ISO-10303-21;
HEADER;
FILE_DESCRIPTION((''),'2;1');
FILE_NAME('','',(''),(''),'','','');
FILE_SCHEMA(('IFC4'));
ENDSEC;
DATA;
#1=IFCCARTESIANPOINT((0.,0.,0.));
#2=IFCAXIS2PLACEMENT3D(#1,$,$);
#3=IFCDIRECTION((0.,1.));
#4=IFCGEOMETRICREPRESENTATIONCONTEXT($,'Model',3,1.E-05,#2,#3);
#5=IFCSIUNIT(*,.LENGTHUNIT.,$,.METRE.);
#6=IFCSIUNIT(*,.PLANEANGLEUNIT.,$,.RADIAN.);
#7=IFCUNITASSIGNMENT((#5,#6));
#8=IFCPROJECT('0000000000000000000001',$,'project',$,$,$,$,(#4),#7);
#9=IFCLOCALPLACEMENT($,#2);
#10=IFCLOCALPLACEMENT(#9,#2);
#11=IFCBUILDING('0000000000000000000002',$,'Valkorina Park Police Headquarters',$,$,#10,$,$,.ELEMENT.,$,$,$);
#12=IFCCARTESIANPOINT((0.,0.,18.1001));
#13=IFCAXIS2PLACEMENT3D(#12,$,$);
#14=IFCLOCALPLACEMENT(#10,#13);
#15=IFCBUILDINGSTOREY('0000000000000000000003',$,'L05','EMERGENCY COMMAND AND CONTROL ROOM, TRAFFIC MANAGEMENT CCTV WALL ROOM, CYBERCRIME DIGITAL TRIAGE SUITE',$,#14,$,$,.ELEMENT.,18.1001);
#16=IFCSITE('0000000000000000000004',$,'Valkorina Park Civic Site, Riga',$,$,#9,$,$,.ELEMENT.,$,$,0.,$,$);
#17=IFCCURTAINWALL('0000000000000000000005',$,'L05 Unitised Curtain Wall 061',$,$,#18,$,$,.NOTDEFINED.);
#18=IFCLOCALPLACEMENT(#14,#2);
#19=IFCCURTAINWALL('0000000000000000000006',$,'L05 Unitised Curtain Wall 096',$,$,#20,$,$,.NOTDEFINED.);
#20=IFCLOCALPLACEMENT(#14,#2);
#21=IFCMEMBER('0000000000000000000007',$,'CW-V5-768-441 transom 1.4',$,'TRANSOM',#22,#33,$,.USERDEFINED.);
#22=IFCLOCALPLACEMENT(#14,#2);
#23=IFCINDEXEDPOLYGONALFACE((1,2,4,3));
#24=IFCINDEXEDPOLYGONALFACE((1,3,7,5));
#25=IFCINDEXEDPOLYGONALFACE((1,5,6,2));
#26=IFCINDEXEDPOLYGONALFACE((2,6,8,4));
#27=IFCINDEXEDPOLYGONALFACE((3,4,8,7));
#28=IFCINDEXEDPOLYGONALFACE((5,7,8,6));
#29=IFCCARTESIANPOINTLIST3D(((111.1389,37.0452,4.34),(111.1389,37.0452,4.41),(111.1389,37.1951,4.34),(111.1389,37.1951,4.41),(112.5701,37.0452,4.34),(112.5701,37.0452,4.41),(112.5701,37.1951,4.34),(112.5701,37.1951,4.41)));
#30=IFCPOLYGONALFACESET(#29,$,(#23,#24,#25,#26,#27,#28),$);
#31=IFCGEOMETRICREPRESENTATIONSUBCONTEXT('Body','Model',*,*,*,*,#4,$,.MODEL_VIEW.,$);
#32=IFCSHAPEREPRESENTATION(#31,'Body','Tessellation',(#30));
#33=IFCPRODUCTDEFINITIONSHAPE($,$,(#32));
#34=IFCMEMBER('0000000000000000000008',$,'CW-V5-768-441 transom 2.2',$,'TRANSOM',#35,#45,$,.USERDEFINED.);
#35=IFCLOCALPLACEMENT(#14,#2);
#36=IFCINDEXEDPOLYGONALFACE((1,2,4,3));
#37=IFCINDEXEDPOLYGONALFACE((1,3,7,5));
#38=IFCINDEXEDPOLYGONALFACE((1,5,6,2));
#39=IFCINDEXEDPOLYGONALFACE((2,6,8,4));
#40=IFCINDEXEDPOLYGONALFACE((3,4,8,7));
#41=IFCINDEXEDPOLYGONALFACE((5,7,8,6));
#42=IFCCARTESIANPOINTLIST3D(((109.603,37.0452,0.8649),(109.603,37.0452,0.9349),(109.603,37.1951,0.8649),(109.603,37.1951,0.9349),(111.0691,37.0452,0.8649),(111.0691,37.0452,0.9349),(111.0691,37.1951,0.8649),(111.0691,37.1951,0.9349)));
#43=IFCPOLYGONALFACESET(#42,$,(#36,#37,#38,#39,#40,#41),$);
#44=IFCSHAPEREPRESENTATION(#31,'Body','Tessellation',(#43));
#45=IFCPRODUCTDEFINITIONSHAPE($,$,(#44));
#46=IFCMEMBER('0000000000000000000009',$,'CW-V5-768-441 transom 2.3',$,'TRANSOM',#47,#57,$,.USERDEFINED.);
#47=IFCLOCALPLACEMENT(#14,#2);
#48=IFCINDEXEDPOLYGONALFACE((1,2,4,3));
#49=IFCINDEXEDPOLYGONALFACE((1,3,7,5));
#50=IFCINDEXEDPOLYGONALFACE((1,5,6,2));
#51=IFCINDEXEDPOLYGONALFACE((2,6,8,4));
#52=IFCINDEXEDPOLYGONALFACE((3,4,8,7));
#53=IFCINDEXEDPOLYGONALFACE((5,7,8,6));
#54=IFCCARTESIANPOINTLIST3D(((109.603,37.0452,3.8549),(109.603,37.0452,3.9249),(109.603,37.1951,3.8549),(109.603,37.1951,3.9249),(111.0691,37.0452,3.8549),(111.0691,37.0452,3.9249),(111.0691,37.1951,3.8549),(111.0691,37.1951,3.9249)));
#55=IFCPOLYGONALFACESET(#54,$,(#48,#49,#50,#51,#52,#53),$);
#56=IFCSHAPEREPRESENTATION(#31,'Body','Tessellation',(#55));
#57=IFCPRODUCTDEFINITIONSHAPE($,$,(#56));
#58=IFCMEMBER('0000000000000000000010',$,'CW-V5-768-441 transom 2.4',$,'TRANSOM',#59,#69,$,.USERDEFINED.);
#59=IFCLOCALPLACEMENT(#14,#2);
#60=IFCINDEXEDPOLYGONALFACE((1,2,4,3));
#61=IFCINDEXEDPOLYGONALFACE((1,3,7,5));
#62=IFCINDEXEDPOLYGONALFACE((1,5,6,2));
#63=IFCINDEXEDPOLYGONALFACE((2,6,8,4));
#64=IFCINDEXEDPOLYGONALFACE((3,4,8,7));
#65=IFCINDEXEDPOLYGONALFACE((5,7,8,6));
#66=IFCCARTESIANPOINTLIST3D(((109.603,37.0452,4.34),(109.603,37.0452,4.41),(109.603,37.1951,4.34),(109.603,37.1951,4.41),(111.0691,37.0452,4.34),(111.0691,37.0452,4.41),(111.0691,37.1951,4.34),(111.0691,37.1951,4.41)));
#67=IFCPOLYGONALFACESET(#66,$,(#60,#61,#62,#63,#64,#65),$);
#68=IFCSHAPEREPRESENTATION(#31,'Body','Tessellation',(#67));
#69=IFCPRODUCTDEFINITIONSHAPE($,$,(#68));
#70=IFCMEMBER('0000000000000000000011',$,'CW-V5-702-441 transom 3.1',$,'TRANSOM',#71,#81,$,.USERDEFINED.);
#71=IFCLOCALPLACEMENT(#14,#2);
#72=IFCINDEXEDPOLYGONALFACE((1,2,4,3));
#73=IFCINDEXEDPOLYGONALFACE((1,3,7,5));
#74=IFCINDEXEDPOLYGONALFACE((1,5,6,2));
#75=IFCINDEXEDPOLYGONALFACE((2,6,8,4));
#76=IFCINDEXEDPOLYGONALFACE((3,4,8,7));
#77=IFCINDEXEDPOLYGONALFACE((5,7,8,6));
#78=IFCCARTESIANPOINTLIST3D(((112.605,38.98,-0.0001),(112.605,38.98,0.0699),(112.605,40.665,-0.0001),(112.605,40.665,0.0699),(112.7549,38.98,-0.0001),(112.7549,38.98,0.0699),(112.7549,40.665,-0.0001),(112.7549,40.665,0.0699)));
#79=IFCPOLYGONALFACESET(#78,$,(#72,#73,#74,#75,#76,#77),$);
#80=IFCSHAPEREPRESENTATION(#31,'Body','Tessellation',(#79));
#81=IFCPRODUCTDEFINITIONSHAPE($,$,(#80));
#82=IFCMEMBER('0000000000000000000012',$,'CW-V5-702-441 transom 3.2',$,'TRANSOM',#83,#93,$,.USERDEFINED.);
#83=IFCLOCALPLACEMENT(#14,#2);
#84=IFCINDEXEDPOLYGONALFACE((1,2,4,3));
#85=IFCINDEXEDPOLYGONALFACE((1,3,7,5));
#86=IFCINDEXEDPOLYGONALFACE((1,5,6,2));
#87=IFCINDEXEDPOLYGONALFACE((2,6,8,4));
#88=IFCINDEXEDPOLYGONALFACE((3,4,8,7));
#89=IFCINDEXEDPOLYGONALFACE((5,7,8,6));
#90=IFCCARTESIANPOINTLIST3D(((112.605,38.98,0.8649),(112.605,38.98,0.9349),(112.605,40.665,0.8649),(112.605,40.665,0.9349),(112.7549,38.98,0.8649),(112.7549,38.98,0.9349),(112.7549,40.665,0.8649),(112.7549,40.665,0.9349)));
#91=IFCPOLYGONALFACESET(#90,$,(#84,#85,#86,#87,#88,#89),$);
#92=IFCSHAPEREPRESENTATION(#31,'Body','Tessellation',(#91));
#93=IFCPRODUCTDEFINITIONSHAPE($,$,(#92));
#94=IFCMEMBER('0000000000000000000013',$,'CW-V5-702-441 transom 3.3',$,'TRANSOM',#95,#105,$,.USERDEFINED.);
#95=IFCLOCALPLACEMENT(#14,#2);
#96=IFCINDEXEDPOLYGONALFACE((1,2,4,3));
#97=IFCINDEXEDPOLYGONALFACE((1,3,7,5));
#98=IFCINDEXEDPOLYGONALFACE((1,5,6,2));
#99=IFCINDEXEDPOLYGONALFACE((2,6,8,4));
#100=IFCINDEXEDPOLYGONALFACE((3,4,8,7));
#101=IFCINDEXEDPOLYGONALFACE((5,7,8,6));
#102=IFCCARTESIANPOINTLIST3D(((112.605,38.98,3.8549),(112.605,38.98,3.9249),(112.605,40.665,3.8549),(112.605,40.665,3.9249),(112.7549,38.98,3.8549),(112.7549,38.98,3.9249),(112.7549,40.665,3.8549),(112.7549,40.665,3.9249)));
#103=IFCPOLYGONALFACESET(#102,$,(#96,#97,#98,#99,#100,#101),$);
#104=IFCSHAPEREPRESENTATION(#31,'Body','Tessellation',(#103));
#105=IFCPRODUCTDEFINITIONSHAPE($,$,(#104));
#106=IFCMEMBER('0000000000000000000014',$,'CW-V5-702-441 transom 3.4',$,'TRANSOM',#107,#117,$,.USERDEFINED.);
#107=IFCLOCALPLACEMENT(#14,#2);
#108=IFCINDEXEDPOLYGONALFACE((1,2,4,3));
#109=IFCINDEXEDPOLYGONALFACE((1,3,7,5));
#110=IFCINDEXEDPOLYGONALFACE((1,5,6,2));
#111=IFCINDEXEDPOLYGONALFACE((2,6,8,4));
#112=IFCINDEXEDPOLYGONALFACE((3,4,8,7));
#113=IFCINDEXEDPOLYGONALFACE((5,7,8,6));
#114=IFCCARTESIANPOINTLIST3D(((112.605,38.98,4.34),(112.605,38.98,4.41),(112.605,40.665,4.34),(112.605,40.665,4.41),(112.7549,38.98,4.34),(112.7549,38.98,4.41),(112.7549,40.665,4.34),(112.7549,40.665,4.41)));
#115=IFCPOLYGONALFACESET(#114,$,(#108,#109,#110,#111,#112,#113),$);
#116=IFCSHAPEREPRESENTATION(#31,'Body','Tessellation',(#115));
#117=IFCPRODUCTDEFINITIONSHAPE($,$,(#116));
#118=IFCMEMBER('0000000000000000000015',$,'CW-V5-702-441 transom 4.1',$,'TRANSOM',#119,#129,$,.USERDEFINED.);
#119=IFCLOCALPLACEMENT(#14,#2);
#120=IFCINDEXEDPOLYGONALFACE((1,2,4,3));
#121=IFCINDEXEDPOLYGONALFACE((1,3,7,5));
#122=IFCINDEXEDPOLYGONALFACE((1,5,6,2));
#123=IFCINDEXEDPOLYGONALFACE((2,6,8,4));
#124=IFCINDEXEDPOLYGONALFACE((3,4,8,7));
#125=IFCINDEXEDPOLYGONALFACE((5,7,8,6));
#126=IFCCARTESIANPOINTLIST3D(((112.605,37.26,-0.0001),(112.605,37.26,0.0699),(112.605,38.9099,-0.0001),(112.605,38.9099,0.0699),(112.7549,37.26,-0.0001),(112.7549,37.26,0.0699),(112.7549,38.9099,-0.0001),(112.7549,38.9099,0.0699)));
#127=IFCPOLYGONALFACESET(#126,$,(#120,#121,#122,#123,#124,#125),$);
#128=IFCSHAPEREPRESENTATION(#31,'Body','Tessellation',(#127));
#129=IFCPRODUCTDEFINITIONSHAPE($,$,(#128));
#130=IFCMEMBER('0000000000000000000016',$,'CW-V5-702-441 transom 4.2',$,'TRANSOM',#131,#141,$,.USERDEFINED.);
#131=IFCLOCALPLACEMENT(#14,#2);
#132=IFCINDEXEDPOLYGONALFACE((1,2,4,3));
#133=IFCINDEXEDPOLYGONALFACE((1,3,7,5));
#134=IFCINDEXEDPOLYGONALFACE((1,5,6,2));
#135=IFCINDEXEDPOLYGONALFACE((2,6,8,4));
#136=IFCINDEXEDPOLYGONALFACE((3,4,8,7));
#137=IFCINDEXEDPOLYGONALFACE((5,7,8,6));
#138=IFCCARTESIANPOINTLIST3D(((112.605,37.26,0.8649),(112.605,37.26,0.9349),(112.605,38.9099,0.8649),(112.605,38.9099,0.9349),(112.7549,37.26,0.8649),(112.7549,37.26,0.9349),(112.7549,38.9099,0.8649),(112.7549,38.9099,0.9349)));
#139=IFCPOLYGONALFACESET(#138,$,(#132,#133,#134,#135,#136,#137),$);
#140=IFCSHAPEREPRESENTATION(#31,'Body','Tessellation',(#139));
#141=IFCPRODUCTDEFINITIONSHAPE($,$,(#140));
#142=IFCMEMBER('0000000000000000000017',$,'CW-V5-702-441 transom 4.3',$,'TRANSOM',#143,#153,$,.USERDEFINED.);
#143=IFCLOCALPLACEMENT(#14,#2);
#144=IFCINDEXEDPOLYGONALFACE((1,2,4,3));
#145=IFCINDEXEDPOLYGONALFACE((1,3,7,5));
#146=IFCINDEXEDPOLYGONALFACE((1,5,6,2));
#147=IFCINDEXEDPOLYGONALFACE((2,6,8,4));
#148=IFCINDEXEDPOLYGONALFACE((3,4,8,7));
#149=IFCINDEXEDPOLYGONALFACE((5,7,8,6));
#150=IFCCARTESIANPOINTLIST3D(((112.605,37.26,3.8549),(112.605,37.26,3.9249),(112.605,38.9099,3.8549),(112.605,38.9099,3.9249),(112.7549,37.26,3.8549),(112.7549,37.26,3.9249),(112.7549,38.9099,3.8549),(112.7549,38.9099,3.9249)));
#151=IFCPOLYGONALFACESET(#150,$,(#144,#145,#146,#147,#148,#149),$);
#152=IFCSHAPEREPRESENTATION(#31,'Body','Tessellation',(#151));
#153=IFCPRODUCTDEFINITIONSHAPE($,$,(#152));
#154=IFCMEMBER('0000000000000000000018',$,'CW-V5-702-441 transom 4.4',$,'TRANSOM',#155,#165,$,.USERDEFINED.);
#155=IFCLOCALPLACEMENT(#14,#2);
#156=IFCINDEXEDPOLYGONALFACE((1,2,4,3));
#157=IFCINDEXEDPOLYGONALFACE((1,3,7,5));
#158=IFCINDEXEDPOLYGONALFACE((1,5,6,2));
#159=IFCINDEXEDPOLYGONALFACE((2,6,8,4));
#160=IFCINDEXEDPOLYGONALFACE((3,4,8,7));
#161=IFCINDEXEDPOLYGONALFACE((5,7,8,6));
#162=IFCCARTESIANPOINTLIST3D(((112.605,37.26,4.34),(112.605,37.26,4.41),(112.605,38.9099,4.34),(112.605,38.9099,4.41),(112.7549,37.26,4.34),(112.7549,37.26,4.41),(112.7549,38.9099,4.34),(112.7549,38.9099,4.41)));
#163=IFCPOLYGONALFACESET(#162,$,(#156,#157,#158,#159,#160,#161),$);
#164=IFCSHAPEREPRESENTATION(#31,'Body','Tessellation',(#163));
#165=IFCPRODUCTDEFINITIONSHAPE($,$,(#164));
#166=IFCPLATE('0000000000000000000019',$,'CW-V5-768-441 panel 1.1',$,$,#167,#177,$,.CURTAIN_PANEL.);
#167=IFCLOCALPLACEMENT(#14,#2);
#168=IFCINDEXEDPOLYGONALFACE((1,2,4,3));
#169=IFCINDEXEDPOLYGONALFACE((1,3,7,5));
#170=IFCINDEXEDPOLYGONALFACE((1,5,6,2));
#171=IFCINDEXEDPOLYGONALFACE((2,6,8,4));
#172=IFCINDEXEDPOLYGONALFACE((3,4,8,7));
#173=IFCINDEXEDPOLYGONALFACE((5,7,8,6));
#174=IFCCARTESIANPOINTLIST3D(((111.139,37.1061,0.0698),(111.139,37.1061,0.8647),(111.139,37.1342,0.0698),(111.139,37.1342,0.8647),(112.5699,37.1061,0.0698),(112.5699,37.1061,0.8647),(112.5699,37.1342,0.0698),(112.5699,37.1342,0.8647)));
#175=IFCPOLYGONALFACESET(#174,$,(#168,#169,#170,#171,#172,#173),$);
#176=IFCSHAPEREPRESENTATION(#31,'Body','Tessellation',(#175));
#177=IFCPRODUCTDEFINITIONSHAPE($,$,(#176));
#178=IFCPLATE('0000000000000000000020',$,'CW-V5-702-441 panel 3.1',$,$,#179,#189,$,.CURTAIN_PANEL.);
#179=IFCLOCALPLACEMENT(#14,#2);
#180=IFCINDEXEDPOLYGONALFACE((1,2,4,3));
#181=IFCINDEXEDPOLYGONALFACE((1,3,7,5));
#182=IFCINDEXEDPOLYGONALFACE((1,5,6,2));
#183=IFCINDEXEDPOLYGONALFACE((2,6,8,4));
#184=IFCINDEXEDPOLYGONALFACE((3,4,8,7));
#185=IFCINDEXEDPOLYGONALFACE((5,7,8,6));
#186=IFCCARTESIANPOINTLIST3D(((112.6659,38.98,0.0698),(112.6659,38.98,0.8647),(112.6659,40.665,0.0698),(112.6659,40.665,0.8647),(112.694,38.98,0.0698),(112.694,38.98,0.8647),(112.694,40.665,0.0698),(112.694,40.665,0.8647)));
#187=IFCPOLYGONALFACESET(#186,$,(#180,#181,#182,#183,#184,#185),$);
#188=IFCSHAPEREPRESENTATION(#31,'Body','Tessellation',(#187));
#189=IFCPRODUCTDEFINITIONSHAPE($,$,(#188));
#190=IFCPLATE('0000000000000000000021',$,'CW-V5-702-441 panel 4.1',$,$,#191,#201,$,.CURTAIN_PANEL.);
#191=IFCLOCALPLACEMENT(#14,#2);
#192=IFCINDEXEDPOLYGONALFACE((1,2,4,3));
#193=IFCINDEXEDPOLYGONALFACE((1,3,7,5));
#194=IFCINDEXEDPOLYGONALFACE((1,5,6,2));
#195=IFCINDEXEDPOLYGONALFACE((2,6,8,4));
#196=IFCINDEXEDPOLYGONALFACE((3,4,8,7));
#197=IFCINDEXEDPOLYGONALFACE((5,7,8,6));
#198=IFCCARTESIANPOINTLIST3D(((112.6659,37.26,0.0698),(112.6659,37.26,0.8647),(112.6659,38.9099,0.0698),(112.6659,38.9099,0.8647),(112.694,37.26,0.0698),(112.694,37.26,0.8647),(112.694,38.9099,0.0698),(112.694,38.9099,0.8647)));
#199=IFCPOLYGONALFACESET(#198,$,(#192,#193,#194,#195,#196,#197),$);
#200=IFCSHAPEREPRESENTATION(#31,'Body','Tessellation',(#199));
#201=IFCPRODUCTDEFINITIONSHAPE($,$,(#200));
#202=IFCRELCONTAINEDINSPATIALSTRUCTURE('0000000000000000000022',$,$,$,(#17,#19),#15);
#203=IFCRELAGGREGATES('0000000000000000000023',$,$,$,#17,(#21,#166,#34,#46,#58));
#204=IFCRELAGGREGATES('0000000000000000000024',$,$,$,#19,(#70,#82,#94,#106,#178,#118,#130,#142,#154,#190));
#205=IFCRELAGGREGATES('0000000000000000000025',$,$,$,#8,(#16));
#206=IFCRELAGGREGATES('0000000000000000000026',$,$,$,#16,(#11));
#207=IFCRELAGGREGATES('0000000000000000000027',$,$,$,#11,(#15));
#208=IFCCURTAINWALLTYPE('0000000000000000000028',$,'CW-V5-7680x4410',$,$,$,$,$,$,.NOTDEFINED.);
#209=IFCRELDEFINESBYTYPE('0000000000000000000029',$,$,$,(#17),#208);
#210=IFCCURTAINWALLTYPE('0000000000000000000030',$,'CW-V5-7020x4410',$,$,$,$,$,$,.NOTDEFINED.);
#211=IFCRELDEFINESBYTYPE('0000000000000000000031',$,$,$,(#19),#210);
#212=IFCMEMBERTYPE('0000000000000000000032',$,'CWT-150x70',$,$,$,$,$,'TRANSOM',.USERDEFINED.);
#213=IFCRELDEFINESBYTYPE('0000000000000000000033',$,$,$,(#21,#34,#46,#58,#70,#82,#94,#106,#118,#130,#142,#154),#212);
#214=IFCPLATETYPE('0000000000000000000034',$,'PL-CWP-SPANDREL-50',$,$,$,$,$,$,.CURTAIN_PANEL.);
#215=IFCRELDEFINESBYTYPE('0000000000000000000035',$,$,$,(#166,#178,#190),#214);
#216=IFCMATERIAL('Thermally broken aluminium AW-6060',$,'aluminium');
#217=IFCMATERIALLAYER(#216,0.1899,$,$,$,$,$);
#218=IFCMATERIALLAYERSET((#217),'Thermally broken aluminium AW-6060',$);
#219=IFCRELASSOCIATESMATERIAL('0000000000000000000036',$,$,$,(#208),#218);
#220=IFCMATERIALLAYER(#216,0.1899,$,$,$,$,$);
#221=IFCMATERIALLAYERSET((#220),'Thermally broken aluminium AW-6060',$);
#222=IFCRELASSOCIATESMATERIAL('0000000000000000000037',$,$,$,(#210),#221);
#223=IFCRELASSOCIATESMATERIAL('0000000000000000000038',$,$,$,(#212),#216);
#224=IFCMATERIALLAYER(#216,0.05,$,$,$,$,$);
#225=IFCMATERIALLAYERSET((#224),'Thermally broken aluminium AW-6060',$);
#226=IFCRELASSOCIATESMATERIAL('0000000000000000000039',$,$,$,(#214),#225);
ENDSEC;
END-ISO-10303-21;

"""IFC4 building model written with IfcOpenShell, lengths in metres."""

from ifc_helpers import new_model, si_unit, direction, frame, origin, origin_2d, place, context, subcontext, project, spatial, rectangle, extrude, material, layer, layer_set, material_profile, profile_set, type_object, element, aggregate, save


model = new_model("IFC4")

# Units and contexts
model_context = context("Model", 3, precision=1e-05, world=origin(), true_north=direction((0.0, 1.0)))
body_context = subcontext(model_context, "Body", "Model", "MODEL_VIEW")
ifc_project = project(units=[si_unit("LENGTHUNIT", "METRE"), si_unit("PLANEANGLEUNIT", "RADIAN")], contexts=[model_context])

# Site, building, storey
site_placement = place(None, origin())
site = spatial("IfcSite", under=ifc_project, at=site_placement, Name="Valkorina Park Civic Site, Riga", CompositionType="ELEMENT", RefElevation=0.0)
building_placement = place(site_placement, origin())
building = spatial("IfcBuilding", under=site, at=building_placement, Name="Valkorina Park Police Headquarters", CompositionType="ELEMENT")
storey_placement = place(building_placement, frame((0.0, 0.0, 18.1001)))
storey = spatial("IfcBuildingStorey", under=building, at=storey_placement, Name="L05", Description="EMERGENCY COMMAND AND CONTROL ROOM, TRAFFIC MANAGEMENT CCTV WALL ROOM, CYBERCRIME DIGITAL TRIAGE SUITE", CompositionType="ELEMENT", Elevation=18.1001)

# Curtain walls
ifc_material_1 = material(Name="Thermally broken aluminium AW-6060", Category="aluminium")
ifc_layer_1 = layer(ifc_material_1, 0.1899)
ifc_layer_set_1 = layer_set([ifc_layer_1], Name="Thermally broken aluminium AW-6060")
curtain_wall_type_1 = type_object("IfcCurtainWallType", Name="CW-V5-7680x4410", PredefinedType="NOTDEFINED", material=ifc_layer_set_1)
curtain_wall_1_placement = place(storey_placement, origin())
curtain_wall_1 = element("IfcCurtainWall", 1, at=curtain_wall_1_placement, inside=storey, type_object=curtain_wall_type_1, Name="L05 Unitised Curtain Wall 061", PredefinedType="NOTDEFINED")
ifc_layer_2 = layer(ifc_material_1, 0.1899)
ifc_layer_set_2 = layer_set([ifc_layer_2], Name="Thermally broken aluminium AW-6060")
curtain_wall_type_2 = type_object("IfcCurtainWallType", Name="CW-V5-7020x4410", PredefinedType="NOTDEFINED", material=ifc_layer_set_2)
curtain_wall_2_placement = place(storey_placement, origin())
curtain_wall_2 = element("IfcCurtainWall", 2, at=curtain_wall_2_placement, inside=storey, type_object=curtain_wall_type_2, Name="L05 Unitised Curtain Wall 096", PredefinedType="NOTDEFINED")

# Members
ifc_material_profile_1 = material_profile(ifc_material_1, rectangle(XDim=0.1499, YDim=0.0701, at=origin_2d()), Name="CWT-02 150x70")
ifc_profile_set_1 = profile_set([ifc_material_profile_1], Name="Thermally broken aluminium AW-6060")
member_type_1 = type_object("IfcMemberType", Name="CWT-150x70", ElementType="TRANSOM", PredefinedType="USERDEFINED", material=ifc_profile_set_1)
member_1_placement = place(storey_placement, frame((112.5701, 37.1201, 4.375), z_axis=(-1.0, 0.0, 0.0), x_axis=(0.0, -1.0, 0.0)))
member_1 = element("IfcMember", 3, at=member_1_placement, type_object=member_type_1, Name="CW-V5-768-441 transom 1.4", ObjectType="TRANSOM", PredefinedType="USERDEFINED", context=body_context, shape_type="SweptSolid", body=[
    extrude(rectangle(XDim=0.1499, YDim=0.0701, at=origin_2d()), origin(), (0.0, 0.0, 1.0), 1.4312),
])
member_2_placement = place(storey_placement, frame((111.0691, 37.1201, 0.8999), z_axis=(-1.0, 0.0, 0.0), x_axis=(0.0, -1.0, 0.0)))
member_2 = element("IfcMember", 4, at=member_2_placement, type_object=member_type_1, Name="CW-V5-768-441 transom 2.2", ObjectType="TRANSOM", PredefinedType="USERDEFINED", context=body_context, shape_type="SweptSolid", body=[
    extrude(rectangle(XDim=0.1499, YDim=0.0701, at=origin_2d()), origin(), (0.0, 0.0, 1.0), 1.4661),
])
member_3_placement = place(storey_placement, frame((111.0691, 37.1201, 3.8899), z_axis=(-1.0, 0.0, 0.0), x_axis=(0.0, -1.0, 0.0)))
member_3 = element("IfcMember", 5, at=member_3_placement, type_object=member_type_1, Name="CW-V5-768-441 transom 2.3", ObjectType="TRANSOM", PredefinedType="USERDEFINED", context=body_context, shape_type="SweptSolid", body=[
    extrude(rectangle(XDim=0.1499, YDim=0.0701, at=origin_2d()), origin(), (0.0, 0.0, 1.0), 1.4661),
])
member_4_placement = place(storey_placement, frame((111.0691, 37.1201, 4.375), z_axis=(-1.0, 0.0, 0.0), x_axis=(0.0, -1.0, 0.0)))
member_4 = element("IfcMember", 6, at=member_4_placement, type_object=member_type_1, Name="CW-V5-768-441 transom 2.4", ObjectType="TRANSOM", PredefinedType="USERDEFINED", context=body_context, shape_type="SweptSolid", body=[
    extrude(rectangle(XDim=0.1499, YDim=0.0701, at=origin_2d()), origin(), (0.0, 0.0, 1.0), 1.4661),
])
member_5_placement = place(storey_placement, frame((112.6799, 40.665, 0.0349), z_axis=(0.0, -1.0, 0.0), x_axis=(1.0, 0.0, 0.0)))
member_5 = element("IfcMember", 7, at=member_5_placement, type_object=member_type_1, Name="CW-V5-702-441 transom 3.1", ObjectType="TRANSOM", PredefinedType="USERDEFINED", context=body_context, shape_type="SweptSolid", body=[
    extrude(rectangle(XDim=0.1499, YDim=0.0701, at=origin_2d()), origin(), (0.0, 0.0, 1.0), 1.6851),
])
member_6_placement = place(storey_placement, frame((112.6799, 40.665, 0.8999), z_axis=(0.0, -1.0, 0.0), x_axis=(1.0, 0.0, 0.0)))
member_6 = element("IfcMember", 8, at=member_6_placement, type_object=member_type_1, Name="CW-V5-702-441 transom 3.2", ObjectType="TRANSOM", PredefinedType="USERDEFINED", context=body_context, shape_type="SweptSolid", body=[
    extrude(rectangle(XDim=0.1499, YDim=0.0701, at=origin_2d()), origin(), (0.0, 0.0, 1.0), 1.6851),
])
member_7_placement = place(storey_placement, frame((112.6799, 40.665, 3.8899), z_axis=(0.0, -1.0, 0.0), x_axis=(1.0, 0.0, 0.0)))
member_7 = element("IfcMember", 9, at=member_7_placement, type_object=member_type_1, Name="CW-V5-702-441 transom 3.3", ObjectType="TRANSOM", PredefinedType="USERDEFINED", context=body_context, shape_type="SweptSolid", body=[
    extrude(rectangle(XDim=0.1499, YDim=0.0701, at=origin_2d()), origin(), (0.0, 0.0, 1.0), 1.6851),
])
member_8_placement = place(storey_placement, frame((112.6799, 40.665, 4.375), z_axis=(0.0, -1.0, 0.0), x_axis=(1.0, 0.0, 0.0)))
member_8 = element("IfcMember", 10, at=member_8_placement, type_object=member_type_1, Name="CW-V5-702-441 transom 3.4", ObjectType="TRANSOM", PredefinedType="USERDEFINED", context=body_context, shape_type="SweptSolid", body=[
    extrude(rectangle(XDim=0.1499, YDim=0.0701, at=origin_2d()), origin(), (0.0, 0.0, 1.0), 1.6851),
])
member_9_placement = place(storey_placement, frame((112.6799, 38.9099, 0.0349), z_axis=(0.0, -1.0, 0.0), x_axis=(1.0, 0.0, 0.0)))
member_9 = element("IfcMember", 11, at=member_9_placement, type_object=member_type_1, Name="CW-V5-702-441 transom 4.1", ObjectType="TRANSOM", PredefinedType="USERDEFINED", context=body_context, shape_type="SweptSolid", body=[
    extrude(rectangle(XDim=0.1499, YDim=0.0701, at=origin_2d()), origin(), (0.0, 0.0, 1.0), 1.6499),
])
member_10_placement = place(storey_placement, frame((112.6799, 38.9099, 0.8999), z_axis=(0.0, -1.0, 0.0), x_axis=(1.0, 0.0, 0.0)))
member_10 = element("IfcMember", 12, at=member_10_placement, type_object=member_type_1, Name="CW-V5-702-441 transom 4.2", ObjectType="TRANSOM", PredefinedType="USERDEFINED", context=body_context, shape_type="SweptSolid", body=[
    extrude(rectangle(XDim=0.1499, YDim=0.0701, at=origin_2d()), origin(), (0.0, 0.0, 1.0), 1.6499),
])
member_11_placement = place(storey_placement, frame((112.6799, 38.9099, 3.8899), z_axis=(0.0, -1.0, 0.0), x_axis=(1.0, 0.0, 0.0)))
member_11 = element("IfcMember", 13, at=member_11_placement, type_object=member_type_1, Name="CW-V5-702-441 transom 4.3", ObjectType="TRANSOM", PredefinedType="USERDEFINED", context=body_context, shape_type="SweptSolid", body=[
    extrude(rectangle(XDim=0.1499, YDim=0.0701, at=origin_2d()), origin(), (0.0, 0.0, 1.0), 1.6499),
])
member_12_placement = place(storey_placement, frame((112.6799, 38.9099, 4.375), z_axis=(0.0, -1.0, 0.0), x_axis=(1.0, 0.0, 0.0)))
member_12 = element("IfcMember", 14, at=member_12_placement, type_object=member_type_1, Name="CW-V5-702-441 transom 4.4", ObjectType="TRANSOM", PredefinedType="USERDEFINED", context=body_context, shape_type="SweptSolid", body=[
    extrude(rectangle(XDim=0.1499, YDim=0.0701, at=origin_2d()), origin(), (0.0, 0.0, 1.0), 1.6499),
])

# Plates
ifc_layer_3 = layer(ifc_material_1, 0.05)
ifc_layer_set_3 = layer_set([ifc_layer_3], Name="Thermally broken aluminium AW-6060")
plate_type_1 = type_object("IfcPlateType", Name="PL-CWP-SPANDREL-50", PredefinedType="CURTAIN_PANEL", material=ifc_layer_set_3)
plate_1_placement = place(storey_placement, frame((111.8545, 37.1201, 0.0698), z_axis=(0.0, 0.0, 1.0), x_axis=(-1.0, 0.0, 0.0)))
plate_1 = element("IfcPlate", 15, at=plate_1_placement, type_object=plate_type_1, Name="CW-V5-768-441 panel 1.1", PredefinedType="CURTAIN_PANEL", context=body_context, shape_type="SweptSolid", body=[
    extrude(rectangle(XDim=1.4309, YDim=0.0281, at=origin_2d()), origin(), (0.0, 0.0, 1.0), 0.7949),
])
plate_2_placement = place(storey_placement, frame((112.6799, 39.8225, 0.0698), z_axis=(0.0, 0.0, 1.0), x_axis=(0.0, -1.0, 0.0)))
plate_2 = element("IfcPlate", 16, at=plate_2_placement, type_object=plate_type_1, Name="CW-V5-702-441 panel 3.1", PredefinedType="CURTAIN_PANEL", context=body_context, shape_type="SweptSolid", body=[
    extrude(rectangle(XDim=1.6851, YDim=0.0281, at=origin_2d()), origin(), (0.0, 0.0, 1.0), 0.7949),
])
plate_3_placement = place(storey_placement, frame((112.6799, 38.085, 0.0698), z_axis=(0.0, 0.0, 1.0), x_axis=(0.0, -1.0, 0.0)))
plate_3 = element("IfcPlate", 17, at=plate_3_placement, type_object=plate_type_1, Name="CW-V5-702-441 panel 4.1", PredefinedType="CURTAIN_PANEL", context=body_context, shape_type="SweptSolid", body=[
    extrude(rectangle(XDim=1.6499, YDim=0.0281, at=origin_2d()), origin(), (0.0, 0.0, 1.0), 0.7949),
])
aggregate(curtain_wall_1, [member_1, plate_1, member_2, member_3, member_4])
aggregate(curtain_wall_2, [member_5, member_6, member_7, member_8, plate_2, member_9, member_10, member_11, member_12, plate_3])

save(model, "model.ifc")
